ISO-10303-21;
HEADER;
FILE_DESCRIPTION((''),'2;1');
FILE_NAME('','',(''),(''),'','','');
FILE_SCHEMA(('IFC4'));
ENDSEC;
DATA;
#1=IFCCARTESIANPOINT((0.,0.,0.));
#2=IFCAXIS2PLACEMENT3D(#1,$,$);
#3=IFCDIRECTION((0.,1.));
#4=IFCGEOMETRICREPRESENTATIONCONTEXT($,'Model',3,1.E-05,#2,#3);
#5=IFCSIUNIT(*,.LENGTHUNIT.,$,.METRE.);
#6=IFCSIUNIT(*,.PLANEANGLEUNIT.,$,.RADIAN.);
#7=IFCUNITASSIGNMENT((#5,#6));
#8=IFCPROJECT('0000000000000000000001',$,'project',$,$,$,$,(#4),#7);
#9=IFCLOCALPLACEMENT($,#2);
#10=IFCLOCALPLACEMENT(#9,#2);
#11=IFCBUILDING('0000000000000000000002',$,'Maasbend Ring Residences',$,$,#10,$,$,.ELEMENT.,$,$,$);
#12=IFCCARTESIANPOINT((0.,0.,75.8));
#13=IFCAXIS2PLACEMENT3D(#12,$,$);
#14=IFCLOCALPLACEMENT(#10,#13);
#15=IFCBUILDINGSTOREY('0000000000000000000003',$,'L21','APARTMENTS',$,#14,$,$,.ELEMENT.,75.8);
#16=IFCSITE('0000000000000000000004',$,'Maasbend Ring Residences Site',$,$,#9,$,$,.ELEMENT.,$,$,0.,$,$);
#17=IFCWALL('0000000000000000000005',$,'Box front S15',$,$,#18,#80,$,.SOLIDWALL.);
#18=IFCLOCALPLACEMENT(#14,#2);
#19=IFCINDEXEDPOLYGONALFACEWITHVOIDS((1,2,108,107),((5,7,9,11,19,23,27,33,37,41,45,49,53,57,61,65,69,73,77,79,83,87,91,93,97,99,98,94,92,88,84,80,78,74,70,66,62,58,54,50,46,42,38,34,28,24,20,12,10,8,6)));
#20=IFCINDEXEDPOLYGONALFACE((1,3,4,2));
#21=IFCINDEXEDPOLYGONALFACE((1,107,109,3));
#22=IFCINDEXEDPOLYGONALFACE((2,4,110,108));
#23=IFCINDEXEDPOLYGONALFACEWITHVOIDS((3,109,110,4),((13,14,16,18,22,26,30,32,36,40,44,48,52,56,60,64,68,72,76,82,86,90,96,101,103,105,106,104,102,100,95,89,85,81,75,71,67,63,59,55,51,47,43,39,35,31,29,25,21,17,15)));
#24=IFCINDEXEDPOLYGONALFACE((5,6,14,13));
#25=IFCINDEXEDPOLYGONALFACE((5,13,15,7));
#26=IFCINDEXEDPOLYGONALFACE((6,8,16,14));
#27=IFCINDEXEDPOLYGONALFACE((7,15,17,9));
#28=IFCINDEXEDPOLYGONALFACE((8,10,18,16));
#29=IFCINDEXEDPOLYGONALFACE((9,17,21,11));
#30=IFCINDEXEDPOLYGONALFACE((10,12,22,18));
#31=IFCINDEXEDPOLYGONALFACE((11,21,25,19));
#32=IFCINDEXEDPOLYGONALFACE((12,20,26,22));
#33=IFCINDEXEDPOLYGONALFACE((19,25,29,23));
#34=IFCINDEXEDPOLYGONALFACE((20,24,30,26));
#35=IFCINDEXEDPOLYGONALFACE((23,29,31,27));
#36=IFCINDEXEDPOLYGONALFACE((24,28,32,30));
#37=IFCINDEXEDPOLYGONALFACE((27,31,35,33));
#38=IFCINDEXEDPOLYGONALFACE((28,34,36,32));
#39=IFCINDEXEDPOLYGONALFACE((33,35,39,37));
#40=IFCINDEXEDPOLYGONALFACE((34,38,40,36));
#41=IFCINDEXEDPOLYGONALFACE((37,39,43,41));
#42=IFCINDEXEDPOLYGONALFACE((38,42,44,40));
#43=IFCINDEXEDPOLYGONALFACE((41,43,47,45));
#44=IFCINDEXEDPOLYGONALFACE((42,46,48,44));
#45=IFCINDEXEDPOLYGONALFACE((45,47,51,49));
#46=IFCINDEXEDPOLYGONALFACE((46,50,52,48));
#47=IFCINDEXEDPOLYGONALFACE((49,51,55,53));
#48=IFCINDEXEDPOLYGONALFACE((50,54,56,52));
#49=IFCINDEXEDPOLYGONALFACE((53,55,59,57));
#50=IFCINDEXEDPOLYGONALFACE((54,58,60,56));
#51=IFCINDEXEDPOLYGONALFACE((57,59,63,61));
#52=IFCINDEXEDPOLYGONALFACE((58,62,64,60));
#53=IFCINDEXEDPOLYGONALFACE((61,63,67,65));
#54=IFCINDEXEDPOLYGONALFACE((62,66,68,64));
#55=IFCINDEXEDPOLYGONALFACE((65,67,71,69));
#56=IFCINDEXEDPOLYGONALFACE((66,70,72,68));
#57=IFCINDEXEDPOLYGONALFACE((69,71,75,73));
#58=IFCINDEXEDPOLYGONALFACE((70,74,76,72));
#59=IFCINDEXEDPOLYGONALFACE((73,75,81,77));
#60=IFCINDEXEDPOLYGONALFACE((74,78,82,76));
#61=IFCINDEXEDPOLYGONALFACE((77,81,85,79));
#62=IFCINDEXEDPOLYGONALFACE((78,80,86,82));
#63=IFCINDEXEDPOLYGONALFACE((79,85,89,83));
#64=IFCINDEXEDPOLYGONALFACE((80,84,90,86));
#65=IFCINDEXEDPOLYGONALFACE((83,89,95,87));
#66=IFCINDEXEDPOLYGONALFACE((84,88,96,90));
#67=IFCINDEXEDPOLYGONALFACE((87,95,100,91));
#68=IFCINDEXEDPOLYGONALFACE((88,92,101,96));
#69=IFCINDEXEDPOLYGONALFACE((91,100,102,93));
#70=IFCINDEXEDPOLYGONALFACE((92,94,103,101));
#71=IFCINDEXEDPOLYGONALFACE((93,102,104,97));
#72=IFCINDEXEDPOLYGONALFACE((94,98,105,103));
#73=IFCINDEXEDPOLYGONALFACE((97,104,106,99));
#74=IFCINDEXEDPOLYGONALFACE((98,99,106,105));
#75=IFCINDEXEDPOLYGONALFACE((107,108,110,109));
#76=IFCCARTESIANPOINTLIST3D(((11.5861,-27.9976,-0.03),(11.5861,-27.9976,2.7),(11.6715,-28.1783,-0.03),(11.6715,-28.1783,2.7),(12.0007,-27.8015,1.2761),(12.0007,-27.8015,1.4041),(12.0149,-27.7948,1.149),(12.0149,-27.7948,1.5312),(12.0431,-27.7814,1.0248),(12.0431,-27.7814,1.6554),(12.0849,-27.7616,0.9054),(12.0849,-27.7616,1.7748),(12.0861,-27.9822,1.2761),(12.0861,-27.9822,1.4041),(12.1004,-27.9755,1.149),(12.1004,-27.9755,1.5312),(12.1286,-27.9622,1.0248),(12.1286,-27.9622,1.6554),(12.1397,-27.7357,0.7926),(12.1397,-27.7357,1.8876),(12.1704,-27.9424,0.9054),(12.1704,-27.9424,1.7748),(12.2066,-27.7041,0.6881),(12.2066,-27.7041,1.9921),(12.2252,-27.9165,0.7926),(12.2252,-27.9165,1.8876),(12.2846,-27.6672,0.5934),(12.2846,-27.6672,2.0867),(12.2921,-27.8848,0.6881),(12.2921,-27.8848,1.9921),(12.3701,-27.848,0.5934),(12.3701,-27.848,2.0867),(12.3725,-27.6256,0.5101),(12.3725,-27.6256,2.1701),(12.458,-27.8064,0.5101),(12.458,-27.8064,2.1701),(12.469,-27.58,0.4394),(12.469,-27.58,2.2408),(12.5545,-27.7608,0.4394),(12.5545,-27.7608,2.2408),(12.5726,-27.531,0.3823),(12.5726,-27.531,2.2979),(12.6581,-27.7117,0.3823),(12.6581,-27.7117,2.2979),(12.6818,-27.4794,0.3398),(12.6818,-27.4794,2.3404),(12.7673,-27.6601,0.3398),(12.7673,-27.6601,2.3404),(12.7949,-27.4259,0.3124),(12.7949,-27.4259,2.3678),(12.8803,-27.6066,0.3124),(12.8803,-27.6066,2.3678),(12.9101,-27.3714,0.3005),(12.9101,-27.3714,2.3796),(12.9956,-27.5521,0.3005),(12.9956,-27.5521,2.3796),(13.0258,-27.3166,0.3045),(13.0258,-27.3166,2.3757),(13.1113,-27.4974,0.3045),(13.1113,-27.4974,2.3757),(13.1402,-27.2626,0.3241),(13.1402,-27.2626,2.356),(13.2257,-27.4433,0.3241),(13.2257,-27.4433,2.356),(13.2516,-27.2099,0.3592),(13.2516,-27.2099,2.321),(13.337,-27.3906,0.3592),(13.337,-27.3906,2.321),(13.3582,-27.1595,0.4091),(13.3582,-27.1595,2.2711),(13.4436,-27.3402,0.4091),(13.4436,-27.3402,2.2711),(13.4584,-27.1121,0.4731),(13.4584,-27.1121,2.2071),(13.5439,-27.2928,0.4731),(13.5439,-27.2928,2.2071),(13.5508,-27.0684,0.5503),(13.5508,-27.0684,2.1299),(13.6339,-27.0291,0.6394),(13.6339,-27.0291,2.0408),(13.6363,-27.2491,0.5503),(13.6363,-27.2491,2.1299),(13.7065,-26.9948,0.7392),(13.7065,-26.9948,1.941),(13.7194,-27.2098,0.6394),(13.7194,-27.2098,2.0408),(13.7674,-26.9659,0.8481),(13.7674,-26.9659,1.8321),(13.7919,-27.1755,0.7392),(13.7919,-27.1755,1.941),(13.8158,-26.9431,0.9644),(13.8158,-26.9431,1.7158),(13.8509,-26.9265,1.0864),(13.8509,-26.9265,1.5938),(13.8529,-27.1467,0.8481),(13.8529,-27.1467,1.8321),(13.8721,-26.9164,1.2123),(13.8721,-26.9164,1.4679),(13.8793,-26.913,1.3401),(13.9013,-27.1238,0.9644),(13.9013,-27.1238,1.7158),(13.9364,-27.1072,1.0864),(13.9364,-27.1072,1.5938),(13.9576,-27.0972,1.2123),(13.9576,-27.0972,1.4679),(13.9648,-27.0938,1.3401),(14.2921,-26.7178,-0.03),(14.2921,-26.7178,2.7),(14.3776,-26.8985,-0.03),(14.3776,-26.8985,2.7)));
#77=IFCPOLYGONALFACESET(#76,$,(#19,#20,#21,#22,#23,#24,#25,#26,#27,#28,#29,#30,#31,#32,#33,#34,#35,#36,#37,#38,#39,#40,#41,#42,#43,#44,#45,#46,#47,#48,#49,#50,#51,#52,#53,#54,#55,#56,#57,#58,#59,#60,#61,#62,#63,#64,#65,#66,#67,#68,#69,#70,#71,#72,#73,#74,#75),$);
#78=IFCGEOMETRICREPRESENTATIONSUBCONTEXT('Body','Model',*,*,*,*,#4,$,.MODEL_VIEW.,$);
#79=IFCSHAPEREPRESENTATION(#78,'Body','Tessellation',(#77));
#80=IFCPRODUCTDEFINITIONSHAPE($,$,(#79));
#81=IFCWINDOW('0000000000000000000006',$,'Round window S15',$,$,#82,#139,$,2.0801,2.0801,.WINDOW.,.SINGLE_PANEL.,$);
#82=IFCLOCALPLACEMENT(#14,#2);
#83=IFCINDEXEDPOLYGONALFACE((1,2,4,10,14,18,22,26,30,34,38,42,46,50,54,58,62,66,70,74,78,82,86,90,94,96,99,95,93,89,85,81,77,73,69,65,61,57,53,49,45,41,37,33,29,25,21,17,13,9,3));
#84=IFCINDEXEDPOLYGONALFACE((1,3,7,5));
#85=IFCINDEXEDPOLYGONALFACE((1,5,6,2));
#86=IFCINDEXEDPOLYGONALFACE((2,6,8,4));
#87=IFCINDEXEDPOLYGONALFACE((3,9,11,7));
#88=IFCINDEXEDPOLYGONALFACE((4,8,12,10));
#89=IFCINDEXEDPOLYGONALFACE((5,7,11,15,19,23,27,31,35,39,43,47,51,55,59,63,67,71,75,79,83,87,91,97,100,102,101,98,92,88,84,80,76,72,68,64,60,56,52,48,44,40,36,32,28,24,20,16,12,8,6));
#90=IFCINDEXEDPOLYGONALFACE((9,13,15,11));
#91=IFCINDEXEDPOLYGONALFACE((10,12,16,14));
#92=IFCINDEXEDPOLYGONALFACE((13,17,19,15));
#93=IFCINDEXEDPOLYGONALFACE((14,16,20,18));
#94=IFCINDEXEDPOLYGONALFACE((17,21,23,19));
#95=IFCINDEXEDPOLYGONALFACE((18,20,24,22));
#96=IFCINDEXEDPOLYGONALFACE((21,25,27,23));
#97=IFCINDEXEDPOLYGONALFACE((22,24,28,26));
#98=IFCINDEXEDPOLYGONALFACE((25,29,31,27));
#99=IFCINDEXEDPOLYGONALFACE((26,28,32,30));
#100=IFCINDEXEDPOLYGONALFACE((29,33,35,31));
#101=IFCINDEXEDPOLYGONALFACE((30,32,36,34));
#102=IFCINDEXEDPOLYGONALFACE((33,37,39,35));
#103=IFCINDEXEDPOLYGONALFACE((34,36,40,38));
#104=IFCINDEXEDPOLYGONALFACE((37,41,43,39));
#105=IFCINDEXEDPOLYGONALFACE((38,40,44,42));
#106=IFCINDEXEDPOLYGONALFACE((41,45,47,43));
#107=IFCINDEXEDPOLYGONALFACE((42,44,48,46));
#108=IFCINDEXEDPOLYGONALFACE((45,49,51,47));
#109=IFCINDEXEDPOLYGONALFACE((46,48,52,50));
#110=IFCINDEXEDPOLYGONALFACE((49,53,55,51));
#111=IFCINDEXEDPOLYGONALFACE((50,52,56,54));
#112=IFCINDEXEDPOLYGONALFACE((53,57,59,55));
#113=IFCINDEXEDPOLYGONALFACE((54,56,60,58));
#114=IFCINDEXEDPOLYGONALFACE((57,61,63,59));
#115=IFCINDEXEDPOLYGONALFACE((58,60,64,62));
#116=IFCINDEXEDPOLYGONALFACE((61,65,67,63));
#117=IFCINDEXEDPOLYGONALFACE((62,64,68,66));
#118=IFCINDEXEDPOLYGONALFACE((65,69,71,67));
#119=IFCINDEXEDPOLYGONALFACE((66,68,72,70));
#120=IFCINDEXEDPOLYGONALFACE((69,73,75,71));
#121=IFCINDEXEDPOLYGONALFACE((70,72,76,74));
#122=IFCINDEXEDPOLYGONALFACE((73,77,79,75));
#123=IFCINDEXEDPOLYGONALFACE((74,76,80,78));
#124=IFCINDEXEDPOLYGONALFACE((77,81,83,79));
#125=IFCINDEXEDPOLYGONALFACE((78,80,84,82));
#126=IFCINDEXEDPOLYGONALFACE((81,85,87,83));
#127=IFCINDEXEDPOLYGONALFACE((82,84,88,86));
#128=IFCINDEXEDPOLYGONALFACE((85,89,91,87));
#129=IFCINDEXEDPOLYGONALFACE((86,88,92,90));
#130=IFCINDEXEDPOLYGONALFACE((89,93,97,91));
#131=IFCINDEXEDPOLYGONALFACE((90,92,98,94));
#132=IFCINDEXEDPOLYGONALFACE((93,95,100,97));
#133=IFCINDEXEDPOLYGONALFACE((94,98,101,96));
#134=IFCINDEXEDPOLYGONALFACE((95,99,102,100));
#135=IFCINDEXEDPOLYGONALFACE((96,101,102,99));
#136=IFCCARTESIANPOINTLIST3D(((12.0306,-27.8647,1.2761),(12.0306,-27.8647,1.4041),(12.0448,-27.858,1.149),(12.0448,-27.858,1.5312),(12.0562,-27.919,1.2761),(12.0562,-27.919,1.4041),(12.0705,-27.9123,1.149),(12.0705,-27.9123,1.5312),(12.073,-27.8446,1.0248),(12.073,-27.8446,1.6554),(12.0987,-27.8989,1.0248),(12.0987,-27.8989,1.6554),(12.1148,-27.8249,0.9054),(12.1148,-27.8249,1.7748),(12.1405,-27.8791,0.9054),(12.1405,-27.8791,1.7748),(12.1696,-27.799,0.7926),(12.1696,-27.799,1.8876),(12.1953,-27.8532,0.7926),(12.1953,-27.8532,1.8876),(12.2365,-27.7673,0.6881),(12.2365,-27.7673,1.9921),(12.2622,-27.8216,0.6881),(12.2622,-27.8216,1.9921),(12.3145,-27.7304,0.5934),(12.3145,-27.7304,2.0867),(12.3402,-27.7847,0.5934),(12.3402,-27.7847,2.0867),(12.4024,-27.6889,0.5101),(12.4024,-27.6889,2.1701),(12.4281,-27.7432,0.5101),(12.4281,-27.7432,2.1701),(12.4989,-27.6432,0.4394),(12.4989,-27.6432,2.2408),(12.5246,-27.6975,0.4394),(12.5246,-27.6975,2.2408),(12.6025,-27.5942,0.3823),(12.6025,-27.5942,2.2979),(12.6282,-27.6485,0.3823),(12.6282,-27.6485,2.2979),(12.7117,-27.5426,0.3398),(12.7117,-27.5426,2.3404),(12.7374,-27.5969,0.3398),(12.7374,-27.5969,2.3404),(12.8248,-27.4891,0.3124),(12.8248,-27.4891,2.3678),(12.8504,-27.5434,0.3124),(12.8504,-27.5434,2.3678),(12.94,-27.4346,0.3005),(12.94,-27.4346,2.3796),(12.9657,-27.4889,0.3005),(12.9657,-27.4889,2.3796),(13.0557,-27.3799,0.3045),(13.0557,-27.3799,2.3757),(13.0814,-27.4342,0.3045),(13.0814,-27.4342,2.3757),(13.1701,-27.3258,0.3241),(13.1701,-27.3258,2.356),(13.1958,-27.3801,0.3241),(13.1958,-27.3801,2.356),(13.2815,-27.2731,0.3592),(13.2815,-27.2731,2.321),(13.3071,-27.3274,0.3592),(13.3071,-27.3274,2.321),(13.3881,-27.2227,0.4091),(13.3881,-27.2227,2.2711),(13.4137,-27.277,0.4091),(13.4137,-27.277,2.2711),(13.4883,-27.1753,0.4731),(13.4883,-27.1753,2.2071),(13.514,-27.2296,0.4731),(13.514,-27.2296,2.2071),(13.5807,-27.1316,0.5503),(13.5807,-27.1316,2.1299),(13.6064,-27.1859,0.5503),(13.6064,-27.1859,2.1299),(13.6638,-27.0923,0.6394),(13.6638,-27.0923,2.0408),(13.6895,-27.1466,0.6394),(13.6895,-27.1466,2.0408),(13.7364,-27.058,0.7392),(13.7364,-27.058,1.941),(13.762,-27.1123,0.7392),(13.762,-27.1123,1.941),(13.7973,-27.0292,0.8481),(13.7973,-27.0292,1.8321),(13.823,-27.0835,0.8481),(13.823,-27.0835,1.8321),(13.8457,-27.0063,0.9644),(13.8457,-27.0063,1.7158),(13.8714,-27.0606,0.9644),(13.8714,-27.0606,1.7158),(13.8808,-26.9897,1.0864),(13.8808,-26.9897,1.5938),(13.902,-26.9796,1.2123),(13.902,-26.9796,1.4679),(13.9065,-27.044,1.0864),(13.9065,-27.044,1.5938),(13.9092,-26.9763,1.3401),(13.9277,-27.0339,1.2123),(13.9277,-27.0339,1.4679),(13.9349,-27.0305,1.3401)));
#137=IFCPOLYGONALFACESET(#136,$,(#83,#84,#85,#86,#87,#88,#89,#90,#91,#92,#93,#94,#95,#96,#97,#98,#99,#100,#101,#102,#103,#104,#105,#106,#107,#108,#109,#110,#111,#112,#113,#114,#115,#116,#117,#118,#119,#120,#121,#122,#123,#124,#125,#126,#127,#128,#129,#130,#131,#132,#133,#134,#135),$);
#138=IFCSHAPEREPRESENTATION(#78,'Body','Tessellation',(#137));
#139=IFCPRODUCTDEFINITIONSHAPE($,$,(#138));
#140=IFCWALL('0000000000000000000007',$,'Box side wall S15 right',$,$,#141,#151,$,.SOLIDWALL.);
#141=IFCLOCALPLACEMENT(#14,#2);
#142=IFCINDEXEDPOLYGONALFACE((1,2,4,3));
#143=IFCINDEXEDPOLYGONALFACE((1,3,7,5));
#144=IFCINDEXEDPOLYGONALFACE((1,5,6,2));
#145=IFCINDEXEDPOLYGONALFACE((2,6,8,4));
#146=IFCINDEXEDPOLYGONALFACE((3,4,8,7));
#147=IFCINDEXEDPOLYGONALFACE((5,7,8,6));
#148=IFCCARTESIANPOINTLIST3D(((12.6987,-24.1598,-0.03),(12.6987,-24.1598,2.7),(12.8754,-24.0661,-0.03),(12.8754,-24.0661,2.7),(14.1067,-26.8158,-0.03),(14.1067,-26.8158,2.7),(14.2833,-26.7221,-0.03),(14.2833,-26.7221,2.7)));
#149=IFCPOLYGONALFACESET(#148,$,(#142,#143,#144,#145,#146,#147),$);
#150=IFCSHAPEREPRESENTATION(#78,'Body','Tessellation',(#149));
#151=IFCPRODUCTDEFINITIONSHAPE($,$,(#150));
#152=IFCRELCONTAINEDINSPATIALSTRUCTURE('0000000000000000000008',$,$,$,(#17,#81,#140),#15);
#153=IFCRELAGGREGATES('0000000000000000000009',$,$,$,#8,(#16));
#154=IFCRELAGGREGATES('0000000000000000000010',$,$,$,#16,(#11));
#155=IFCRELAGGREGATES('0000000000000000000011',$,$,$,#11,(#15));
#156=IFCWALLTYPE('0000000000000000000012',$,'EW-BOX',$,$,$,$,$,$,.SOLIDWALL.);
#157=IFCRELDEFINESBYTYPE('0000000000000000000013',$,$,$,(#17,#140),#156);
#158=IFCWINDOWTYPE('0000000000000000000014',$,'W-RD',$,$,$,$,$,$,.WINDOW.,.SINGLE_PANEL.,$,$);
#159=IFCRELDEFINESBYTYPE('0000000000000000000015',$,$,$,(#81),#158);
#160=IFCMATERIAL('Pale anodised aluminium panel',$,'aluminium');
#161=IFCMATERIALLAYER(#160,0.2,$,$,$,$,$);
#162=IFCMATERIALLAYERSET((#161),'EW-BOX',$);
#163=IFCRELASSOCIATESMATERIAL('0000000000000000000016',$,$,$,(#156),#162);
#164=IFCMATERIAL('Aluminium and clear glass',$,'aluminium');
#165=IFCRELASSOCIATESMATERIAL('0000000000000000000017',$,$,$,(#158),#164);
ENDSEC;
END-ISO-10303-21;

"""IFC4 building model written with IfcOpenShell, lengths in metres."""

from ifc_helpers import new_model, si_unit, direction, frame, frame_2d, origin, place, context, subcontext, project, spatial, rectangle, circle, extrude, material, layer, layer_set, type_object, element, fill, save


model = new_model("IFC4")

# Units and contexts
model_context = context("Model", 3, precision=1e-05, world=origin(), true_north=direction((0.0, 1.0)))
body_context = subcontext(model_context, "Body", "Model", "MODEL_VIEW")
ifc_project = project(units=[si_unit("LENGTHUNIT", "METRE"), si_unit("PLANEANGLEUNIT", "RADIAN")], contexts=[model_context])

# Site, building, storey
site_placement = place(None, origin())
site = spatial("IfcSite", under=ifc_project, at=site_placement, Name="Maasbend Ring Residences Site", CompositionType="ELEMENT", RefElevation=0.0)
building_placement = place(site_placement, origin())
building = spatial("IfcBuilding", under=site, at=building_placement, Name="Maasbend Ring Residences", CompositionType="ELEMENT")
storey_placement = place(building_placement, frame((0.0, 0.0, 75.8)))
storey = spatial("IfcBuildingStorey", under=building, at=storey_placement, Name="L21", Description="APARTMENTS", CompositionType="ELEMENT", Elevation=75.8)

# Wall, opening, window
ifc_material_1 = material(Name="Pale anodised aluminium panel", Category="aluminium")
ifc_layer_1 = layer(ifc_material_1, 0.2)
ifc_layer_set_1 = layer_set([ifc_layer_1], Name="EW-BOX")
wall_type_1 = type_object("IfcWallType", Name="EW-BOX", PredefinedType="SOLIDWALL", material=ifc_layer_set_1)
wall_1_placement = place(storey_placement, frame((11.6289, -28.0879, -0.03), z_axis=(0.0, 0.0, 1.0), x_axis=(0.904, 0.427532, 0.0)))
wall_1 = element("IfcWall", 1, at=wall_1_placement, inside=storey, type_object=wall_type_1, Name="Box front S15", PredefinedType="SOLIDWALL", context=body_context, shape_type="SweptSolid", body=[
    extrude(rectangle(XDim=2.9934, YDim=0.2, at=frame_2d((1.4966, 0.0))), origin(), (0.0, 0.0, 1.0), 2.73),
])
opening_1_placement = place(wall_1_placement, frame((0.4565, 0.0, 0.3301)))
opening_1 = element("IfcOpeningElement", 2, at=opening_1_placement, cuts=wall_1, PredefinedType="OPENING", context=body_context, shape_type="SweptSolid", body=[
    extrude(circle(Radius=1.04, at=frame_2d((1.04, 1.04))), frame((0.0, 0.1099, 0.0), z_axis=(0.0, -1.0, 0.0), x_axis=(1.0, 0.0, 0.0)), (0.0, 0.0, 1.0), 0.22),
])
ifc_material_2 = material(Name="Aluminium and clear glass", Category="aluminium")
window_type_1 = type_object("IfcWindowType", Name="W-RD", PartitioningType="SINGLE_PANEL", PredefinedType="WINDOW", material=ifc_material_2)
window_1_placement = place(opening_1_placement, origin())
window_1 = element("IfcWindow", 3, at=window_1_placement, inside=storey, type_object=window_type_1, Name="Round window S15", OverallHeight=2.0801, OverallWidth=2.0801, PartitioningType="SINGLE_PANEL", PredefinedType="WINDOW", context=body_context, shape_type="SweptSolid", body=[
    extrude(circle(Radius=1.04, at=frame_2d((1.04, 1.04))), frame((0.0, 0.03, 0.0), z_axis=(0.0, -1.0, 0.0), x_axis=(1.0, 0.0, 0.0)), (0.0, 0.0, 1.0), 0.0601),
])
fill(opening_1, window_1)

# Wall
wall_2_placement = place(storey_placement, frame((12.7871, -24.113, -0.03), z_axis=(0.0, 0.0, 1.0), x_axis=(0.468365, -0.883535, 0.0)))
element("IfcWall", 4, at=wall_2_placement, inside=storey, type_object=wall_type_1, Name="Box side wall S15 right", PredefinedType="SOLIDWALL", context=body_context, shape_type="SweptSolid", body=[
    extrude(rectangle(XDim=3.0061, YDim=0.2, at=frame_2d((1.5029, 0.0))), origin(), (0.0, 0.0, 1.0), 2.73),
])

save(model, "model.ifc")
